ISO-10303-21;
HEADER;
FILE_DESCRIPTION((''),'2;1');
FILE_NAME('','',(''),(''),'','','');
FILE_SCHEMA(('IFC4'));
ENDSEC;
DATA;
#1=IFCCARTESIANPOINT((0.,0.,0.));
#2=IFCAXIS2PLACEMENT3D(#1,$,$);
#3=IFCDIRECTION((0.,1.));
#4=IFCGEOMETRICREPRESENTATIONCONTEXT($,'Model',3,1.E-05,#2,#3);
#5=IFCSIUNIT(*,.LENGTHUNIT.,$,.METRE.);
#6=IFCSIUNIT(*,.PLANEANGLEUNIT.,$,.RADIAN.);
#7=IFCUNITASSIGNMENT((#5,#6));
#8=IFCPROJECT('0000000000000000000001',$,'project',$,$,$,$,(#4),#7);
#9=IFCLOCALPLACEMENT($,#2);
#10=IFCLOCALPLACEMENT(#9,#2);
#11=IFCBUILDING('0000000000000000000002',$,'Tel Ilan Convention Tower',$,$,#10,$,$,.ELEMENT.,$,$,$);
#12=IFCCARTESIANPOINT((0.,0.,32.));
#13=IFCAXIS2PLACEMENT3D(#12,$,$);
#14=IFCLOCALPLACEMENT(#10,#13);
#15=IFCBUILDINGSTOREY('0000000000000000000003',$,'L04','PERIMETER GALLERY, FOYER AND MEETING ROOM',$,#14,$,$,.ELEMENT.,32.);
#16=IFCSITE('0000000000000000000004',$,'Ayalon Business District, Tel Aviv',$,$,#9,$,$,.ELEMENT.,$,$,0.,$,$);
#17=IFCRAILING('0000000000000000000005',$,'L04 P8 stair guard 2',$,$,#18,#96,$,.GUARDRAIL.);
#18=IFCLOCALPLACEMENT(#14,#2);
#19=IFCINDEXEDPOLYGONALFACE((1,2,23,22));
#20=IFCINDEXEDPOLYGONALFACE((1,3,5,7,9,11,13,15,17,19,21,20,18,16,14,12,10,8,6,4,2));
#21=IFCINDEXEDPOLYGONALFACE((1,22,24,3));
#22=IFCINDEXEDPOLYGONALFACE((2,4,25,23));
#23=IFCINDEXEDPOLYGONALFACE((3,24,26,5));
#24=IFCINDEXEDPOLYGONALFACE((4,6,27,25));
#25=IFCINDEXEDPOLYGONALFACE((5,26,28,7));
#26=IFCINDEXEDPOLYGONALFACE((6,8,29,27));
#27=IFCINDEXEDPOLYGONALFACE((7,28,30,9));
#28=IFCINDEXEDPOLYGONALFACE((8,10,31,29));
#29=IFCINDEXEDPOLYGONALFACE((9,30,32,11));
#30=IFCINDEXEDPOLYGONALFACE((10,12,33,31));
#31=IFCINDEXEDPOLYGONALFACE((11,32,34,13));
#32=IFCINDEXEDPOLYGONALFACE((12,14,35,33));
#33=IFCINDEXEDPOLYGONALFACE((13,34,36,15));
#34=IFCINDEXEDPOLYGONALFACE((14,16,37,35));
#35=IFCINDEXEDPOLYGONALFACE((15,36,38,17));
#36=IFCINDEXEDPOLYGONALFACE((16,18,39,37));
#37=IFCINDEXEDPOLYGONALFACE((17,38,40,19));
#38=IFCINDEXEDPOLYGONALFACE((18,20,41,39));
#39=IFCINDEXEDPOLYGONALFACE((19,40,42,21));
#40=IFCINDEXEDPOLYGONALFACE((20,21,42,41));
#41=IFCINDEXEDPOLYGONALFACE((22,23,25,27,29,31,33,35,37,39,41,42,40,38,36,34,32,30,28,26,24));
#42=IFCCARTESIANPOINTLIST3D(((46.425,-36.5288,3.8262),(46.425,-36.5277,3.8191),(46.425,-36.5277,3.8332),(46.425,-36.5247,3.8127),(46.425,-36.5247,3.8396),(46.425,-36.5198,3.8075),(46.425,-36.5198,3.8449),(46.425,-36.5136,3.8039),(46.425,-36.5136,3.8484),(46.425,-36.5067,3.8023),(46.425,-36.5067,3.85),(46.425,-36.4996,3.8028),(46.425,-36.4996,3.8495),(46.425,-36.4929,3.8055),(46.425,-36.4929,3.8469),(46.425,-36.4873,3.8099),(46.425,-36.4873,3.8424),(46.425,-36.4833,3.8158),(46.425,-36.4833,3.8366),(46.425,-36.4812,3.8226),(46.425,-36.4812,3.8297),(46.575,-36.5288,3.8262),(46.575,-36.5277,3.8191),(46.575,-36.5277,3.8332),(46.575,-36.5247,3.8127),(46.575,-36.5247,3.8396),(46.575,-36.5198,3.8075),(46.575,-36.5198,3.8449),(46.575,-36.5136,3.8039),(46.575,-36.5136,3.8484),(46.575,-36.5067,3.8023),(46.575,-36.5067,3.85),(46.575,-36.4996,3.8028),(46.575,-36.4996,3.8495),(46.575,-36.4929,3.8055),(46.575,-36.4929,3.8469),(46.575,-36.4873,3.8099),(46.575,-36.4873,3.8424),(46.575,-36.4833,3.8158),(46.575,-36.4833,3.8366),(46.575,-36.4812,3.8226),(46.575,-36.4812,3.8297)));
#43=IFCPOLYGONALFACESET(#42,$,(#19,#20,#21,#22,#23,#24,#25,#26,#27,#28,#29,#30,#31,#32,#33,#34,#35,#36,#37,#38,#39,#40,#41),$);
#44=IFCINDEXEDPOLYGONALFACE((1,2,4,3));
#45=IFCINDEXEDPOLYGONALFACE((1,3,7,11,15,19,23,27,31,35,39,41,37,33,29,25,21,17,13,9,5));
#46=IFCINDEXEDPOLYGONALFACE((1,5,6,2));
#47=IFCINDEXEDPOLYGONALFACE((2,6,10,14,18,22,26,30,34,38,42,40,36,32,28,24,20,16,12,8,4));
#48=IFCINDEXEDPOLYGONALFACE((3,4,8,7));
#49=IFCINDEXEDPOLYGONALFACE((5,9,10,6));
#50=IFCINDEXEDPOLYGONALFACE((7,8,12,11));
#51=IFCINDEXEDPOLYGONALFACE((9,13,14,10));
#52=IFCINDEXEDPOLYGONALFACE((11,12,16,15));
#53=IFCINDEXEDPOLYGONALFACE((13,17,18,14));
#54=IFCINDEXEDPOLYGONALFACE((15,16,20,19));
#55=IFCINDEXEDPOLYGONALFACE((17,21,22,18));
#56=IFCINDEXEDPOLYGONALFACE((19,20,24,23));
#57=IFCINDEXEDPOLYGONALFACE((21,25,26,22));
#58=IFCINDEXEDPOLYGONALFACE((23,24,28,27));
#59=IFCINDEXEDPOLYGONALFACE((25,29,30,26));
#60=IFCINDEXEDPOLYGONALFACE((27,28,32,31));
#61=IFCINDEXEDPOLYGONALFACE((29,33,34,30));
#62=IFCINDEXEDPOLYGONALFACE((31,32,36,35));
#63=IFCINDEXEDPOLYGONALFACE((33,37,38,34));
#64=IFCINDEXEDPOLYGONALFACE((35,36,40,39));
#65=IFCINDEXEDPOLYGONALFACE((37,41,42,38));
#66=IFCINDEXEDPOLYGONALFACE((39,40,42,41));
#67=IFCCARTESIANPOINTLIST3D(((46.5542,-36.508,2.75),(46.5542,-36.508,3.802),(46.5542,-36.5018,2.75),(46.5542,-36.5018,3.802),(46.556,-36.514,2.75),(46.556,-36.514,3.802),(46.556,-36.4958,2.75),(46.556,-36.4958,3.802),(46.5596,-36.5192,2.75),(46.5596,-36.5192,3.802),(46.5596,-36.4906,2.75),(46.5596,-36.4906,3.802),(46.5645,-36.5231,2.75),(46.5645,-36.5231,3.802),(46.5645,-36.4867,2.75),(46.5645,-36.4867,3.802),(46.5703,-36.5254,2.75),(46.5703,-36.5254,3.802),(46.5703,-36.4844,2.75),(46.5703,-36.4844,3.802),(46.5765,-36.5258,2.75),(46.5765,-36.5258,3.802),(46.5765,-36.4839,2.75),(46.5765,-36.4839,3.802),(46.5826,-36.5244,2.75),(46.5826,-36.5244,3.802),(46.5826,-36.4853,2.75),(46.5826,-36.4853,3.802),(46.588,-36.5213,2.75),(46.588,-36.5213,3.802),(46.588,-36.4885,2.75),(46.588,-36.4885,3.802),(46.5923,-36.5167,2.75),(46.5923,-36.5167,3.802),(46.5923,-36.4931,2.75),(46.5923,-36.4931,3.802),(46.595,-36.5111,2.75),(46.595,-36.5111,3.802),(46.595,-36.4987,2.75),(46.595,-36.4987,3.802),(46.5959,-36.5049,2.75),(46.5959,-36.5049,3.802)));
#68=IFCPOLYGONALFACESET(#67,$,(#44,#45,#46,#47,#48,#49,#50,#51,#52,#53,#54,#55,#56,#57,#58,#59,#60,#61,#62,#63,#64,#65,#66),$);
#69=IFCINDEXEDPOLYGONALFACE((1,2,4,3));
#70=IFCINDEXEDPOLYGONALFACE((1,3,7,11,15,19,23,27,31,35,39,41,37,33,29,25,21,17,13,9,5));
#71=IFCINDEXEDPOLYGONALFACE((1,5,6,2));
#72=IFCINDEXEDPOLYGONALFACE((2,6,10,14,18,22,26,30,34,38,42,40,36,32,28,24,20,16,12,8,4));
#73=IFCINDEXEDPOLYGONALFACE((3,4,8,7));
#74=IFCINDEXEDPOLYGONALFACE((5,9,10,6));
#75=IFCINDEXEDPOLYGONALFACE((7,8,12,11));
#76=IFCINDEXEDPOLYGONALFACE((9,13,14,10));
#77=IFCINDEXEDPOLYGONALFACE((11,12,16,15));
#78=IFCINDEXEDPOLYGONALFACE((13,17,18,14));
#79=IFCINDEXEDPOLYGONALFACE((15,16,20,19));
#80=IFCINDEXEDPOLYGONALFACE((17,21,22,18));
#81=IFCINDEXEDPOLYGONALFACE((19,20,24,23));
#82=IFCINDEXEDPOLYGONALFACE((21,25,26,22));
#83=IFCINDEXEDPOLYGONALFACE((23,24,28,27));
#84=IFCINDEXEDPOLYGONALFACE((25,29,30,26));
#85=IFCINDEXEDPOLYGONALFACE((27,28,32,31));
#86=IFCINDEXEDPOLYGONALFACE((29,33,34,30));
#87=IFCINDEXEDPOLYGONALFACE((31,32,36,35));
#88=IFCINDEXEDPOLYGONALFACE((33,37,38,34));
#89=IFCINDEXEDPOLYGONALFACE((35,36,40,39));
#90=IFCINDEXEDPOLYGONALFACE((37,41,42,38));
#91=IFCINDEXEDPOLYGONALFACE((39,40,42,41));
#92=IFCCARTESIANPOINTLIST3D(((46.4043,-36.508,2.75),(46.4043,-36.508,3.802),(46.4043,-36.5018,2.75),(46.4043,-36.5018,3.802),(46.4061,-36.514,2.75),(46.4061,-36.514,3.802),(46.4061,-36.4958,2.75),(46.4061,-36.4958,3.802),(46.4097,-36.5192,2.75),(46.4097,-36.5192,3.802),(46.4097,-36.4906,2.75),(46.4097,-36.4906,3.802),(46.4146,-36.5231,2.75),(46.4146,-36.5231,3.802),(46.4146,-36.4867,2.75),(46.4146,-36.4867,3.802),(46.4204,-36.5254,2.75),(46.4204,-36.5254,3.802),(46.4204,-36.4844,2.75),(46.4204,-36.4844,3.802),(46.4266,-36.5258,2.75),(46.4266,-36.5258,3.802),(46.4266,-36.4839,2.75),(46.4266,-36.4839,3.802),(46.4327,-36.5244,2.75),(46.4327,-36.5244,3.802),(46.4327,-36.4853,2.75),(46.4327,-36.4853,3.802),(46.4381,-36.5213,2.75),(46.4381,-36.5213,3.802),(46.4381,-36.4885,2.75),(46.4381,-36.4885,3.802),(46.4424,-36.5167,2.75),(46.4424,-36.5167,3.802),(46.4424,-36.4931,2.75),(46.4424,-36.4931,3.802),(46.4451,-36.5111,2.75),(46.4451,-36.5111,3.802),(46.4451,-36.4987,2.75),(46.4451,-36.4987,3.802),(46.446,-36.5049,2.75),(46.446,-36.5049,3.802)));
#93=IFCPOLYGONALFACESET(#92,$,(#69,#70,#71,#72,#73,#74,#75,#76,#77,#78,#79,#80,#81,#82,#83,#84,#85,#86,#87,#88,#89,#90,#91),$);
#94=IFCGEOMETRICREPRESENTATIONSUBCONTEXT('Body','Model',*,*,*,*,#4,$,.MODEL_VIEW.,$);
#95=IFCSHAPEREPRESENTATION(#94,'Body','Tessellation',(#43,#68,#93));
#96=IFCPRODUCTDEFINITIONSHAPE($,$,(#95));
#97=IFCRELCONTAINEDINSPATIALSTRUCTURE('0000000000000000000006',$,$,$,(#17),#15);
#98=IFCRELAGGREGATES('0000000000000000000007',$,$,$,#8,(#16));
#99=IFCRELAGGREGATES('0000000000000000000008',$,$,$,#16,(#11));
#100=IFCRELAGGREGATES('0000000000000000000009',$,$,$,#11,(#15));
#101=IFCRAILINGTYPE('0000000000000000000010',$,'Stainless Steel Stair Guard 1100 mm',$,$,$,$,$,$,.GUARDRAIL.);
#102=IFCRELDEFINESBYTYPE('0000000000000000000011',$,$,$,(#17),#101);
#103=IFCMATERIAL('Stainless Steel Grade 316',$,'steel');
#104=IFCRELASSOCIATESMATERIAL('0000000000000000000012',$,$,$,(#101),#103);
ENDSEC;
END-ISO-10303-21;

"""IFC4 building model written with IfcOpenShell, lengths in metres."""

from ifc_helpers import new_model, si_unit, direction, frame, origin, origin_2d, place, context, subcontext, project, spatial, circle, extrude, material, type_object, element, save


model = new_model("IFC4")

# Units and contexts
model_context = context("Model", 3, precision=1e-05, world=origin(), true_north=direction((0.0, 1.0)))
body_context = subcontext(model_context, "Body", "Model", "MODEL_VIEW")
ifc_project = project(units=[si_unit("LENGTHUNIT", "METRE"), si_unit("PLANEANGLEUNIT", "RADIAN")], contexts=[model_context])

# Site, building, storey
site_placement = place(None, origin())
site = spatial("IfcSite", under=ifc_project, at=site_placement, Name="Ayalon Business District, Tel Aviv", CompositionType="ELEMENT", RefElevation=0.0)
building_placement = place(site_placement, origin())
building = spatial("IfcBuilding", under=site, at=building_placement, Name="Tel Ilan Convention Tower", CompositionType="ELEMENT")
storey_placement = place(building_placement, frame((0.0, 0.0, 32.0)))
storey = spatial("IfcBuildingStorey", under=building, at=storey_placement, Name="L04", Description="PERIMETER GALLERY, FOYER AND MEETING ROOM", CompositionType="ELEMENT", Elevation=32.0)

# Railing
ifc_material_1 = material(Name="Stainless Steel Grade 316", Category="steel")
railing_type_1 = type_object("IfcRailingType", Name="Stainless Steel Stair Guard 1100 mm", PredefinedType="GUARDRAIL", material=ifc_material_1)
railing_1_placement = place(storey_placement, frame((46.575, -36.5049, 2.75)))
element("IfcRailing", 1, at=railing_1_placement, inside=storey, type_object=railing_type_1, Name="L04 P8 stair guard 2", PredefinedType="GUARDRAIL", context=body_context, shape_type="SweptSolid", body=[
    extrude(circle(Radius=0.0239, at=origin_2d()), frame((0.0, 0.0, 1.0762), z_axis=(-1.0, 0.0, 0.0), x_axis=(0.0, -1.0, 0.0)), (0.0, 0.0, 1.0), 0.1499),
    extrude(circle(Radius=0.021, at=origin_2d()), origin(), (0.0, 0.0, 1.0), 1.052),
    extrude(circle(Radius=0.021, at=origin_2d()), frame((-0.1499, 0.0, 0.0)), (0.0, 0.0, 1.0), 1.052),
])

save(model, "model.ifc")
